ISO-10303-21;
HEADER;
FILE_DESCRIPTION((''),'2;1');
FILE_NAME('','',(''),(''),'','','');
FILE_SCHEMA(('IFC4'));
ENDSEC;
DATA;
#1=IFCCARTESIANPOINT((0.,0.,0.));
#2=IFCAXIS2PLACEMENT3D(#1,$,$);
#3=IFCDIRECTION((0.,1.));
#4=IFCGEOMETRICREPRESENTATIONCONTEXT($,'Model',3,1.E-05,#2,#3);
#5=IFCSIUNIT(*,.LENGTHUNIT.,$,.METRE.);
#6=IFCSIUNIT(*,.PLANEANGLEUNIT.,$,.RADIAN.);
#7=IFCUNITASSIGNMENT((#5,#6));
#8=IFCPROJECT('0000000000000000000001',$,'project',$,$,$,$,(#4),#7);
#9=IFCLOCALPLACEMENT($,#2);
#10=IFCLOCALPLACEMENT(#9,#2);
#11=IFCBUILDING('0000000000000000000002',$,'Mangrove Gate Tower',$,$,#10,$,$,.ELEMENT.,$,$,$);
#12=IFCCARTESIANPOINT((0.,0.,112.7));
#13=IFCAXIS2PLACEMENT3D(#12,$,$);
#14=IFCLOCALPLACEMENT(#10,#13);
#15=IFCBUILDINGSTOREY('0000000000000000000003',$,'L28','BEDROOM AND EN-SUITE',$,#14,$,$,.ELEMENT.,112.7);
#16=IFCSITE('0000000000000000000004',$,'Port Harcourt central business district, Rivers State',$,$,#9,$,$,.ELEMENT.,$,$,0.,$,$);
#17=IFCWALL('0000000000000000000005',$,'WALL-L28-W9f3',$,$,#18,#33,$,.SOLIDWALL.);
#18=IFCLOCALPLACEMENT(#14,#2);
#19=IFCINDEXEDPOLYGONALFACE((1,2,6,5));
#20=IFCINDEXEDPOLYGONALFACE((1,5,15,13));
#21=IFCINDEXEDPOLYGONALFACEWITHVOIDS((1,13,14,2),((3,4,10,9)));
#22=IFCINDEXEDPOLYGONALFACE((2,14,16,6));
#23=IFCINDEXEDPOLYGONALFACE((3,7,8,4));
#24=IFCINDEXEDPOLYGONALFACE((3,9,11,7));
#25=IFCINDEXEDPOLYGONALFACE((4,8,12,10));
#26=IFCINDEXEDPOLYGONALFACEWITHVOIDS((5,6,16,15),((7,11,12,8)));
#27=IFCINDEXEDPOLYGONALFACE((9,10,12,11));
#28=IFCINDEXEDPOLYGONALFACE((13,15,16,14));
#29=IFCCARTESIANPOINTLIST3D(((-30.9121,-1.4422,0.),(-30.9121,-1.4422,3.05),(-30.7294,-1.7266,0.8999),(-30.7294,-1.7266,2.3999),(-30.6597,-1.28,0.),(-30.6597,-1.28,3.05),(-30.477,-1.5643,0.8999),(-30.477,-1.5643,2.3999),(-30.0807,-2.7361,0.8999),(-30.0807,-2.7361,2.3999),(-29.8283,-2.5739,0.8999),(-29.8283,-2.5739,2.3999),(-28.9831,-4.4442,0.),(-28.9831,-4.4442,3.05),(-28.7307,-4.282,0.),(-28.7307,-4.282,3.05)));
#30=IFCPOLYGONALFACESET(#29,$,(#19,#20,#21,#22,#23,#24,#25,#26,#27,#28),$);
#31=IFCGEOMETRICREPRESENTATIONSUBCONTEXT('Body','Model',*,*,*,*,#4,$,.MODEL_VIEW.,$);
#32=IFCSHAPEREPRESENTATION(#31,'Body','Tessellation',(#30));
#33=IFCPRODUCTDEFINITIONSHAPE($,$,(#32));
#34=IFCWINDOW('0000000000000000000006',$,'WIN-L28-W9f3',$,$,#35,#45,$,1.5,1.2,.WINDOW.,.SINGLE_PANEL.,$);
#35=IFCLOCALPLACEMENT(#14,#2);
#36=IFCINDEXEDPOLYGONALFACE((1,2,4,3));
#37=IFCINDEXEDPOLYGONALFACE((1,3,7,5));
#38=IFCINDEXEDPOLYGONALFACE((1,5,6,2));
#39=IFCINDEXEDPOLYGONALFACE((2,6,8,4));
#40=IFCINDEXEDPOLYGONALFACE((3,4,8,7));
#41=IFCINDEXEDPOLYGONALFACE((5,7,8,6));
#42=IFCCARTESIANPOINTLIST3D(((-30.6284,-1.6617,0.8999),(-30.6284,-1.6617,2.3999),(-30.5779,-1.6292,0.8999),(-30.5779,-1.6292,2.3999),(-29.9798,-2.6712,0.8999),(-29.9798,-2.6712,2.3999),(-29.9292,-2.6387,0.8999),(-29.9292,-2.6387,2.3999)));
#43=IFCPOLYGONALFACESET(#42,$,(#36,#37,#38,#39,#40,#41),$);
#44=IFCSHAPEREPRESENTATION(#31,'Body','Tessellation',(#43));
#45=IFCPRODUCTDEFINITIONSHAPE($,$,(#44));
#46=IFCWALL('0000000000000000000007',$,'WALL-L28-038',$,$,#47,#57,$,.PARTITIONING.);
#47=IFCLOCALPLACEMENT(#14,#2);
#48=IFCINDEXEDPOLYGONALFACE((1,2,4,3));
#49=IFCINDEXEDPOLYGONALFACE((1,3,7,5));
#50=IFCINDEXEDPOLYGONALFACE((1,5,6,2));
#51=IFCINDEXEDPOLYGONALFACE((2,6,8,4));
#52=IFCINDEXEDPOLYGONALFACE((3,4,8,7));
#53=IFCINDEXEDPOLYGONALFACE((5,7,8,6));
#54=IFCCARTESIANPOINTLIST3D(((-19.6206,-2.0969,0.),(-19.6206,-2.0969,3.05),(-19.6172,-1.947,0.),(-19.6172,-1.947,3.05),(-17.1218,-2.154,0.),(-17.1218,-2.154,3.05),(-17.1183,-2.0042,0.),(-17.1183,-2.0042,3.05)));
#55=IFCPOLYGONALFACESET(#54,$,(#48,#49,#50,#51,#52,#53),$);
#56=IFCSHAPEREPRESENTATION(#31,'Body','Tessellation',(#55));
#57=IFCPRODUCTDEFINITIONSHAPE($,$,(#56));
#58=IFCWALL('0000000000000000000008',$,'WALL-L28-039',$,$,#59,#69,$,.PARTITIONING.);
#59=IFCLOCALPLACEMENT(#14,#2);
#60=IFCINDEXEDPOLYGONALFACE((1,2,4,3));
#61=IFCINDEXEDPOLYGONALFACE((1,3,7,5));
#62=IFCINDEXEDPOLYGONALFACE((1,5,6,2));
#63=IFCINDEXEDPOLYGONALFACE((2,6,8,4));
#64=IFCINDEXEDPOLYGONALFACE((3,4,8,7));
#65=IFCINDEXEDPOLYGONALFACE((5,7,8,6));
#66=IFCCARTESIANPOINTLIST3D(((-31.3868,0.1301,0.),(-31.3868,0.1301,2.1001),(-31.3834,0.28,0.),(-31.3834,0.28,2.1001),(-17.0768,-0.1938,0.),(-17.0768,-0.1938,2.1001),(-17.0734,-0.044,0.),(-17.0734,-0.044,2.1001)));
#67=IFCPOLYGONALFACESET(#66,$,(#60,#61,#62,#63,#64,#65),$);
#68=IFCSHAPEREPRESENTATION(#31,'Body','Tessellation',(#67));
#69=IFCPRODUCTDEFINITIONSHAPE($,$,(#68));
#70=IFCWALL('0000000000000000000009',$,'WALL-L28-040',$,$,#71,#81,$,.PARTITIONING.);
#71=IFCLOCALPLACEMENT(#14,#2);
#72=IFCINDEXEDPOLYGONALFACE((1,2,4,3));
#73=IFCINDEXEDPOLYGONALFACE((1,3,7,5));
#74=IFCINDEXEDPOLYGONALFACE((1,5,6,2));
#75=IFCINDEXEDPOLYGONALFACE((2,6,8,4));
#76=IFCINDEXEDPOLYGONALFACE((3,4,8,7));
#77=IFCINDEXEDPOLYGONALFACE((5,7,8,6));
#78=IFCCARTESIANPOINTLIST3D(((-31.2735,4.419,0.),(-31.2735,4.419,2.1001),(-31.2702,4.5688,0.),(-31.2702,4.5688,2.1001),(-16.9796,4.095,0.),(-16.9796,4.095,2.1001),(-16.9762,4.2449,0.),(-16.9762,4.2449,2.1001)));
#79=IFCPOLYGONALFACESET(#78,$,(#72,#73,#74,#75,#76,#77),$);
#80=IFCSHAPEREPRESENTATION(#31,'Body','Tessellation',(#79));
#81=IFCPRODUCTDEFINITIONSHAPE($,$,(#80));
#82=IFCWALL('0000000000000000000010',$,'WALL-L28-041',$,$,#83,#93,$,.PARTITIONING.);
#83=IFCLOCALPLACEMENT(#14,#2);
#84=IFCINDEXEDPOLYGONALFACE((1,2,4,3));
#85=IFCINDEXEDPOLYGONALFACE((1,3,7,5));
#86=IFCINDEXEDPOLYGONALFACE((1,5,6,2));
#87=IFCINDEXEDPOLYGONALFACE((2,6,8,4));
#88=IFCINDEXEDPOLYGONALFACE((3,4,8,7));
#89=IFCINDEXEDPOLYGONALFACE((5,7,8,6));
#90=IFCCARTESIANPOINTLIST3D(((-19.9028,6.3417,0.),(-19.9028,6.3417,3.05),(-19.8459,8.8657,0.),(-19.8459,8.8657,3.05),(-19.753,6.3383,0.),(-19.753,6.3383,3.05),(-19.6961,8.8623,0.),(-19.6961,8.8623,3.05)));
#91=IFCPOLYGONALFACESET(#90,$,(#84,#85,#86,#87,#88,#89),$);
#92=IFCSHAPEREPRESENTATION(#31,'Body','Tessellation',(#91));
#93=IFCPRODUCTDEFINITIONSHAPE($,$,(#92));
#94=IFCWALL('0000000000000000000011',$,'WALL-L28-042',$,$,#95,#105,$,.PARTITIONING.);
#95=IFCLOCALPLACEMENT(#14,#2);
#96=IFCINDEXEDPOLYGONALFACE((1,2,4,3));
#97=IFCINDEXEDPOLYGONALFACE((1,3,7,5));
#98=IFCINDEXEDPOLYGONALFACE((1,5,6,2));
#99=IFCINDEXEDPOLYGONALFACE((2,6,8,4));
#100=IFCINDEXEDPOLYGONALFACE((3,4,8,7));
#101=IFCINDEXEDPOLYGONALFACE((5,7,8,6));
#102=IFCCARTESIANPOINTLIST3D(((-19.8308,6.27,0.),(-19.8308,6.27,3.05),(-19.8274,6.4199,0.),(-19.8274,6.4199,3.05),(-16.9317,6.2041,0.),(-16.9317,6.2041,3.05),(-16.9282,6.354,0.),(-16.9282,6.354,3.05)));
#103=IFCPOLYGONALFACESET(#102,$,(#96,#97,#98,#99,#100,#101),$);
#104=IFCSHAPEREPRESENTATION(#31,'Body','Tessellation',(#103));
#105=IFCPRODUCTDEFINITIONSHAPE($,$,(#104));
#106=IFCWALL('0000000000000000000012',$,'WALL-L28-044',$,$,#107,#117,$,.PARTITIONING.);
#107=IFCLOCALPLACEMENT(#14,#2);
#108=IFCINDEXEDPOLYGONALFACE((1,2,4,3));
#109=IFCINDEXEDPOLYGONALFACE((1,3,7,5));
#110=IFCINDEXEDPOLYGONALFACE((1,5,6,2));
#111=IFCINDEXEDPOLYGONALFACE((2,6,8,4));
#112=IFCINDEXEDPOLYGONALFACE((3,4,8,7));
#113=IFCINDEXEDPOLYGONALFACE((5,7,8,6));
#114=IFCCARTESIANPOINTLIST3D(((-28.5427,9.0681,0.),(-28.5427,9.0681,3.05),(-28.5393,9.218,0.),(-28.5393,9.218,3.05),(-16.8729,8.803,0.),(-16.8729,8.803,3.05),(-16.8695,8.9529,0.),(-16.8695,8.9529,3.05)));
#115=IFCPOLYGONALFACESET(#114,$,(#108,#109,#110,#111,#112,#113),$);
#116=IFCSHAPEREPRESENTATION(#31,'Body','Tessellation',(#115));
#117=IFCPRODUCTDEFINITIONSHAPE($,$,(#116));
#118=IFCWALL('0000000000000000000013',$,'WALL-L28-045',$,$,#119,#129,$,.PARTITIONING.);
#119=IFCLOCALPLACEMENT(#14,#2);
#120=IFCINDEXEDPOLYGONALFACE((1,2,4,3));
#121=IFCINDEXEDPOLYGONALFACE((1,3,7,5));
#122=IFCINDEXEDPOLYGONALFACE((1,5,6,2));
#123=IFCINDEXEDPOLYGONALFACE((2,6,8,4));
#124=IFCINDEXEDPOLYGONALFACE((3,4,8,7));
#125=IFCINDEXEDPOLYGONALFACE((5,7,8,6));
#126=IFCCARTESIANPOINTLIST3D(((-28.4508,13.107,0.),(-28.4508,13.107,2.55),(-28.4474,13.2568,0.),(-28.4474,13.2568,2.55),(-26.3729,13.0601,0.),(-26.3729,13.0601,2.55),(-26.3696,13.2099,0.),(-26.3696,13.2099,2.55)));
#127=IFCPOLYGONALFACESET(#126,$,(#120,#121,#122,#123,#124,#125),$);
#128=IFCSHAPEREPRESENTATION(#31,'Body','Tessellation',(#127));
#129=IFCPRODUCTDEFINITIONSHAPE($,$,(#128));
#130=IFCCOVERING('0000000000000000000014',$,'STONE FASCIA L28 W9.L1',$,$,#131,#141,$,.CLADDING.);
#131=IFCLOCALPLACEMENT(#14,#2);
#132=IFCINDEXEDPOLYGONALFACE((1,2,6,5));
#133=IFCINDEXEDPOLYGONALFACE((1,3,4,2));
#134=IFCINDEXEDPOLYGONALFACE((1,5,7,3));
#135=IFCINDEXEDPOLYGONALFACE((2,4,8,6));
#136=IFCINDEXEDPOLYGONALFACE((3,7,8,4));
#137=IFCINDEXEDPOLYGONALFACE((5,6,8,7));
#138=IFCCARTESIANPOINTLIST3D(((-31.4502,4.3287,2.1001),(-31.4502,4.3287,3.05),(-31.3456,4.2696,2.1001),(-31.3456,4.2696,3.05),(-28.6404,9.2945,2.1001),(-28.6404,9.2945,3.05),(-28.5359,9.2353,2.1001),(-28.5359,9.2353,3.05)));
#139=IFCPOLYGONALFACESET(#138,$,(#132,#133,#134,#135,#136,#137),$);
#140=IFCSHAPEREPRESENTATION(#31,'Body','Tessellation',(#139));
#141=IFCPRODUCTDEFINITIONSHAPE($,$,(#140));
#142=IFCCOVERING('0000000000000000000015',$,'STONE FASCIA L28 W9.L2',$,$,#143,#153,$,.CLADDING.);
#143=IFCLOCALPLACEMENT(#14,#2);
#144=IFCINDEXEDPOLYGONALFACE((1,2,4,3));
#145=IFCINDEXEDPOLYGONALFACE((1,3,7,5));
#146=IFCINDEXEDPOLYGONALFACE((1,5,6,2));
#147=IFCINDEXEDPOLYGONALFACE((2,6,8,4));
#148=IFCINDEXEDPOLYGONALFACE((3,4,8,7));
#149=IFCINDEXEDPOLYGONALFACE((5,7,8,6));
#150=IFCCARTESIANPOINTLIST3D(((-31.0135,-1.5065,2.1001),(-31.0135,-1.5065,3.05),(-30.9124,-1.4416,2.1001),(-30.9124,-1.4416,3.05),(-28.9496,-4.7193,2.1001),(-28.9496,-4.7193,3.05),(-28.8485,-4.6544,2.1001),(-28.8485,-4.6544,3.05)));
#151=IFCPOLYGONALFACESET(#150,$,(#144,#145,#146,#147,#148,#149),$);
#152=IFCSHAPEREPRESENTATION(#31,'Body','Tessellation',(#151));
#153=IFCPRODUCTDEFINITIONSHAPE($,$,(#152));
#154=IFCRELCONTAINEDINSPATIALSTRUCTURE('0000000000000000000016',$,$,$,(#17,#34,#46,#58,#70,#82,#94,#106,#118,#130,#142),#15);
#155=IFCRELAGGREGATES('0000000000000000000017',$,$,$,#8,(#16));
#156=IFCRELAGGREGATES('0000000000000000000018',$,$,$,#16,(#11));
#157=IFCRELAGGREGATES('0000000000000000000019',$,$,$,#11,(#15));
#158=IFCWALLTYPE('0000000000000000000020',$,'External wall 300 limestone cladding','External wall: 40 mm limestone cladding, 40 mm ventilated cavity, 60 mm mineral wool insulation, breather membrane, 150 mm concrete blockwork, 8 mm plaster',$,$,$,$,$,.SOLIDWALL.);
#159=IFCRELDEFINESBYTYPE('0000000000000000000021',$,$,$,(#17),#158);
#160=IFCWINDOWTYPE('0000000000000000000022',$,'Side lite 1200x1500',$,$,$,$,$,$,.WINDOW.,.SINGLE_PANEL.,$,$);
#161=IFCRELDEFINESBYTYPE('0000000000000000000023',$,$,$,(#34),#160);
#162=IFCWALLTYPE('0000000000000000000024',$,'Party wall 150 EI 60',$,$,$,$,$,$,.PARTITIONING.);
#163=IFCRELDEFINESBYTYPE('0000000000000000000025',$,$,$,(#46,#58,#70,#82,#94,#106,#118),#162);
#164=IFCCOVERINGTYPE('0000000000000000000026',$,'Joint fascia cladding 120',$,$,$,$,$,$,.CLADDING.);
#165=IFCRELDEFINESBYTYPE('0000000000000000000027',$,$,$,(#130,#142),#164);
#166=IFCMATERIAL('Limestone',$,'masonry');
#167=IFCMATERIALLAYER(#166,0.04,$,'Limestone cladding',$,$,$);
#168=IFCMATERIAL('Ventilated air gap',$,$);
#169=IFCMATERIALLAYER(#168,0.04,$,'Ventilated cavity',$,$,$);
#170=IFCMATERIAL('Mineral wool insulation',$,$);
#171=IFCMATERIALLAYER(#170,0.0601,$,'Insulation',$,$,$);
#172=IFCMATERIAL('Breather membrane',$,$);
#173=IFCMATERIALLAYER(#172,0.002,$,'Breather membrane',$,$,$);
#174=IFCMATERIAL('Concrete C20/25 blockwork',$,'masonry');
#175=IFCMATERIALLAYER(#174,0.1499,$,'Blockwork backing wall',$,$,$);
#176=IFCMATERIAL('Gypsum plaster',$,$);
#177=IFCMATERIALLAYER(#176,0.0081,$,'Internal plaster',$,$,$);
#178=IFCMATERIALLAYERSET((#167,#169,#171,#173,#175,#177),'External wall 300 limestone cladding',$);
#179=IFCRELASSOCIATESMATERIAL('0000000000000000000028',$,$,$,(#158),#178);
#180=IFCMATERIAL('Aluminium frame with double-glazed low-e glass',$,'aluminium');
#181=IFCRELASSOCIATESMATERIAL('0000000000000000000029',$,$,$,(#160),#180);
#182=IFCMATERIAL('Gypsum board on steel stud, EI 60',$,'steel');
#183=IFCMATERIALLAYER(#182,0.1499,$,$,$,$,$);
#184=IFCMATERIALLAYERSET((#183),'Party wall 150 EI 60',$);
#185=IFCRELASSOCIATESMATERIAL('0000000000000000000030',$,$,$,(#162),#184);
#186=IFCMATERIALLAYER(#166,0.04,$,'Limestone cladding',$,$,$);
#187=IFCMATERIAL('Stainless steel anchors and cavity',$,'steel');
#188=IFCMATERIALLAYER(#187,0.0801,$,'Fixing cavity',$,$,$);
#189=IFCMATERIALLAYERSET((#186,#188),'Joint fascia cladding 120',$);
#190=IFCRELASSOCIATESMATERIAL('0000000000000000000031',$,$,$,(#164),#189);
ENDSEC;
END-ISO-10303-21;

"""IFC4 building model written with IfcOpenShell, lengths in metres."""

from ifc_helpers import new_model, si_unit, direction, frame, frame_2d, origin, place, context, subcontext, project, spatial, rectangle, extrude, material, layer, layer_set, type_object, element, fill, save


model = new_model("IFC4")

# Units and contexts
model_context = context("Model", 3, precision=1e-05, world=origin(), true_north=direction((0.0, 1.0)))
body_context = subcontext(model_context, "Body", "Model", "MODEL_VIEW")
ifc_project = project(units=[si_unit("LENGTHUNIT", "METRE"), si_unit("PLANEANGLEUNIT", "RADIAN")], contexts=[model_context])

# Site, building, storey
site_placement = place(None, origin())
site = spatial("IfcSite", under=ifc_project, at=site_placement, Name="Port Harcourt central business district, Rivers State", CompositionType="ELEMENT", RefElevation=0.0)
building_placement = place(site_placement, origin())
building = spatial("IfcBuilding", under=site, at=building_placement, Name="Mangrove Gate Tower", CompositionType="ELEMENT")
storey_placement = place(building_placement, frame((0.0, 0.0, 112.7)))
storey = spatial("IfcBuildingStorey", under=building, at=storey_placement, Name="L28", Description="BEDROOM AND EN-SUITE", CompositionType="ELEMENT", Elevation=112.7)

# Wall, opening, window
ifc_material_1 = material(Name="Limestone", Category="masonry")
ifc_layer_1 = layer(ifc_material_1, 0.04, Name="Limestone cladding")
ifc_material_2 = material(Name="Ventilated air gap")
ifc_layer_2 = layer(ifc_material_2, 0.04, Name="Ventilated cavity")
ifc_material_3 = material(Name="Mineral wool insulation")
ifc_layer_3 = layer(ifc_material_3, 0.0601, Name="Insulation")
ifc_material_4 = material(Name="Breather membrane")
ifc_layer_4 = layer(ifc_material_4, 0.002, Name="Breather membrane")
ifc_material_5 = material(Name="Concrete C20/25 blockwork", Category="masonry")
ifc_layer_5 = layer(ifc_material_5, 0.1499, Name="Blockwork backing wall")
ifc_material_6 = material(Name="Gypsum plaster")
ifc_layer_6 = layer(ifc_material_6, 0.0081, Name="Internal plaster")
ifc_layer_set_1 = layer_set([ifc_layer_1, ifc_layer_2, ifc_layer_3, ifc_layer_4, ifc_layer_5, ifc_layer_6], Name="External wall 300 limestone cladding")
wall_type_1 = type_object("IfcWallType", Name="External wall 300 limestone cladding", Description="External wall: 40 mm limestone cladding, 40 mm ventilated cavity, 60 mm mineral wool insulation, breather membrane, 150 mm concrete blockwork, 8 mm plaster", PredefinedType="SOLIDWALL", material=ifc_layer_set_1)
ifc_material_7 = material(Name="Aluminium frame with double-glazed low-e glass", Category="aluminium")
window_type_1 = type_object("IfcWindowType", Name="Side lite 1200x1500", PartitioningType="SINGLE_PANEL", PredefinedType="WINDOW", material=ifc_material_7)
wall_1_placement = place(storey_placement, frame((-30.7859, -1.3611, 0.0), z_axis=(0.0, 0.0, 1.0), x_axis=(0.540585, -0.84129, 0.0)))
wall_1 = element("IfcWall", 1, at=wall_1_placement, inside=storey, type_object=wall_type_1, Name="WALL-L28-W9f3", PredefinedType="SOLIDWALL", context=body_context, shape_type="SweptSolid", body=[
    extrude(rectangle(XDim=3.5684, YDim=0.3, at=frame_2d((1.7842, 0.0))), origin(), (0.0, 0.0, 1.0), 3.05),
])
opening_1_placement = place(wall_1_placement, frame((0.3379, 0.0, 0.8999)))
opening_1 = element("IfcOpeningElement", 2, at=opening_1_placement, cuts=wall_1, PredefinedType="OPENING", context=body_context, shape_type="SweptSolid", body=[
    extrude(rectangle(XDim=1.2, YDim=1.5, at=frame_2d((0.6001, 0.75))), frame((0.0, 0.1599, 0.0), z_axis=(0.0, -1.0, 0.0), x_axis=(1.0, 0.0, 0.0)), (0.0, 0.0, 1.0), 0.3201),
])
window_1_placement = place(opening_1_placement, origin())
window_1 = element("IfcWindow", 3, at=window_1_placement, inside=storey, type_object=window_type_1, Name="WIN-L28-W9f3", OverallHeight=1.5, OverallWidth=1.2, PartitioningType="SINGLE_PANEL", PredefinedType="WINDOW", context=body_context, shape_type="SweptSolid", body=[
    extrude(rectangle(XDim=1.2, YDim=1.5, at=frame_2d((0.6001, 0.75))), frame((0.0, 0.03, 0.0), z_axis=(0.0, -1.0, 0.0), x_axis=(1.0, 0.0, 0.0)), (0.0, 0.0, 1.0), 0.0601),
])
fill(opening_1, window_1)

# Walls
ifc_material_8 = material(Name="Gypsum board on steel stud, EI 60", Category="steel")
ifc_layer_7 = layer(ifc_material_8, 0.1499)
ifc_layer_set_2 = layer_set([ifc_layer_7], Name="Party wall 150 EI 60")
wall_type_2 = type_object("IfcWallType", Name="Party wall 150 EI 60", PredefinedType="PARTITIONING", material=ifc_layer_set_2)
wall_2_placement = place(storey_placement, frame((-19.6189, -2.022, 0.0), z_axis=(0.0, 0.0, 1.0), x_axis=(0.999739, -0.022857, 0.0)))
element("IfcWall", 4, at=wall_2_placement, inside=storey, type_object=wall_type_2, Name="WALL-L28-038", PredefinedType="PARTITIONING", context=body_context, shape_type="SweptSolid", body=[
    extrude(rectangle(XDim=2.4995, YDim=0.1499, at=frame_2d((1.2498, 0.0))), origin(), (0.0, 0.0, 1.0), 3.05),
])
wall_3_placement = place(storey_placement, frame((-31.385, 0.2051, 0.0), z_axis=(0.0, 0.0, 1.0), x_axis=(0.999744, -0.022634, 0.0)))
element("IfcWall", 5, at=wall_3_placement, inside=storey, type_object=wall_type_2, Name="WALL-L28-039", PredefinedType="PARTITIONING", context=body_context, shape_type="SweptSolid", body=[
    extrude(rectangle(XDim=14.3137, YDim=0.1499, at=frame_2d((7.1567, 0.0))), origin(), (0.0, 0.0, 1.0), 2.1001),
])
wall_4_placement = place(storey_placement, frame((-31.272, 4.4939, 0.0), z_axis=(0.0, 0.0, 1.0), x_axis=(0.999743, -0.022659, 0.0)))
element("IfcWall", 6, at=wall_4_placement, inside=storey, type_object=wall_type_2, Name="WALL-L28-040", PredefinedType="PARTITIONING", context=body_context, shape_type="SweptSolid", body=[
    extrude(rectangle(XDim=14.2976, YDim=0.1499, at=frame_2d((7.1489, 0.0))), origin(), (0.0, 0.0, 1.0), 2.1001),
])
wall_5_placement = place(storey_placement, frame((-19.8279, 6.3401, 0.0), z_axis=(0.0, 0.0, 1.0), x_axis=(0.022532, 0.999746, 0.0)))
element("IfcWall", 7, at=wall_5_placement, inside=storey, type_object=wall_type_2, Name="WALL-L28-041", PredefinedType="PARTITIONING", context=body_context, shape_type="SweptSolid", body=[
    extrude(rectangle(XDim=2.5247, YDim=0.1499, at=frame_2d((1.2622, 0.0))), origin(), (0.0, 0.0, 1.0), 3.05),
])
wall_6_placement = place(storey_placement, frame((-19.8291, 6.345, 0.0), z_axis=(0.0, 0.0, 1.0), x_axis=(0.999742, -0.022731, 0.0)))
element("IfcWall", 8, at=wall_6_placement, inside=storey, type_object=wall_type_2, Name="WALL-L28-042", PredefinedType="PARTITIONING", context=body_context, shape_type="SweptSolid", body=[
    extrude(rectangle(XDim=2.8999, YDim=0.1499, at=frame_2d((1.45, 0.0))), origin(), (0.0, 0.0, 1.0), 3.05),
])
wall_7_placement = place(storey_placement, frame((-28.541, 9.1431, 0.0), z_axis=(0.0, 0.0, 1.0), x_axis=(0.999742, -0.022714, 0.0)))
element("IfcWall", 9, at=wall_7_placement, inside=storey, type_object=wall_type_2, Name="WALL-L28-044", PredefinedType="PARTITIONING", context=body_context, shape_type="SweptSolid", body=[
    extrude(rectangle(XDim=11.6729, YDim=0.1499, at=frame_2d((5.8364, 0.0))), origin(), (0.0, 0.0, 1.0), 3.05),
])
wall_8_placement = place(storey_placement, frame((-28.449, 13.1819, 0.0), z_axis=(0.0, 0.0, 1.0), x_axis=(0.999746, -0.022553, 0.0)))
element("IfcWall", 10, at=wall_8_placement, inside=storey, type_object=wall_type_2, Name="WALL-L28-045", PredefinedType="PARTITIONING", context=body_context, shape_type="SweptSolid", body=[
    extrude(rectangle(XDim=2.0784, YDim=0.1499, at=frame_2d((1.0391, 0.0))), origin(), (0.0, 0.0, 1.0), 2.55),
])

# Coverings
ifc_layer_8 = layer(ifc_material_1, 0.04, Name="Limestone cladding")
ifc_material_9 = material(Name="Stainless steel anchors and cavity", Category="steel")
ifc_layer_9 = layer(ifc_material_9, 0.0801, Name="Fixing cavity")
ifc_layer_set_3 = layer_set([ifc_layer_8, ifc_layer_9], Name="Joint fascia cladding 120")
covering_type = type_object("IfcCoveringType", Name="Joint fascia cladding 120", PredefinedType="CLADDING", material=ifc_layer_set_3)
covering_1_placement = place(storey_placement, frame((-28.5881, 9.2649, 2.1001), z_axis=(0.0, 0.0, 1.0), x_axis=(-0.492462, -0.870334, 0.0)))
element("IfcCovering", 11, at=covering_1_placement, inside=storey, type_object=covering_type, Name="STONE FASCIA L28 W9.L1", PredefinedType="CLADDING", context=body_context, shape_type="SweptSolid", body=[
    extrude(rectangle(XDim=5.7056, YDim=0.1201, at=frame_2d((2.8528, 0.0))), origin(), (0.0, 0.0, 1.0), 0.95),
])
covering_2_placement = place(storey_placement, frame((-30.9629, -1.4741, 2.1001), z_axis=(0.0, 0.0, 1.0), x_axis=(0.540486, -0.841353, 0.0)))
element("IfcCovering", 12, at=covering_2_placement, inside=storey, type_object=covering_type, Name="STONE FASCIA L28 W9.L2", PredefinedType="CLADDING", context=body_context, shape_type="SweptSolid", body=[
    extrude(rectangle(XDim=3.8186, YDim=0.1201, at=frame_2d((1.9092, 0.0))), origin(), (0.0, 0.0, 1.0), 0.95),
])

save(model, "model.ifc")
